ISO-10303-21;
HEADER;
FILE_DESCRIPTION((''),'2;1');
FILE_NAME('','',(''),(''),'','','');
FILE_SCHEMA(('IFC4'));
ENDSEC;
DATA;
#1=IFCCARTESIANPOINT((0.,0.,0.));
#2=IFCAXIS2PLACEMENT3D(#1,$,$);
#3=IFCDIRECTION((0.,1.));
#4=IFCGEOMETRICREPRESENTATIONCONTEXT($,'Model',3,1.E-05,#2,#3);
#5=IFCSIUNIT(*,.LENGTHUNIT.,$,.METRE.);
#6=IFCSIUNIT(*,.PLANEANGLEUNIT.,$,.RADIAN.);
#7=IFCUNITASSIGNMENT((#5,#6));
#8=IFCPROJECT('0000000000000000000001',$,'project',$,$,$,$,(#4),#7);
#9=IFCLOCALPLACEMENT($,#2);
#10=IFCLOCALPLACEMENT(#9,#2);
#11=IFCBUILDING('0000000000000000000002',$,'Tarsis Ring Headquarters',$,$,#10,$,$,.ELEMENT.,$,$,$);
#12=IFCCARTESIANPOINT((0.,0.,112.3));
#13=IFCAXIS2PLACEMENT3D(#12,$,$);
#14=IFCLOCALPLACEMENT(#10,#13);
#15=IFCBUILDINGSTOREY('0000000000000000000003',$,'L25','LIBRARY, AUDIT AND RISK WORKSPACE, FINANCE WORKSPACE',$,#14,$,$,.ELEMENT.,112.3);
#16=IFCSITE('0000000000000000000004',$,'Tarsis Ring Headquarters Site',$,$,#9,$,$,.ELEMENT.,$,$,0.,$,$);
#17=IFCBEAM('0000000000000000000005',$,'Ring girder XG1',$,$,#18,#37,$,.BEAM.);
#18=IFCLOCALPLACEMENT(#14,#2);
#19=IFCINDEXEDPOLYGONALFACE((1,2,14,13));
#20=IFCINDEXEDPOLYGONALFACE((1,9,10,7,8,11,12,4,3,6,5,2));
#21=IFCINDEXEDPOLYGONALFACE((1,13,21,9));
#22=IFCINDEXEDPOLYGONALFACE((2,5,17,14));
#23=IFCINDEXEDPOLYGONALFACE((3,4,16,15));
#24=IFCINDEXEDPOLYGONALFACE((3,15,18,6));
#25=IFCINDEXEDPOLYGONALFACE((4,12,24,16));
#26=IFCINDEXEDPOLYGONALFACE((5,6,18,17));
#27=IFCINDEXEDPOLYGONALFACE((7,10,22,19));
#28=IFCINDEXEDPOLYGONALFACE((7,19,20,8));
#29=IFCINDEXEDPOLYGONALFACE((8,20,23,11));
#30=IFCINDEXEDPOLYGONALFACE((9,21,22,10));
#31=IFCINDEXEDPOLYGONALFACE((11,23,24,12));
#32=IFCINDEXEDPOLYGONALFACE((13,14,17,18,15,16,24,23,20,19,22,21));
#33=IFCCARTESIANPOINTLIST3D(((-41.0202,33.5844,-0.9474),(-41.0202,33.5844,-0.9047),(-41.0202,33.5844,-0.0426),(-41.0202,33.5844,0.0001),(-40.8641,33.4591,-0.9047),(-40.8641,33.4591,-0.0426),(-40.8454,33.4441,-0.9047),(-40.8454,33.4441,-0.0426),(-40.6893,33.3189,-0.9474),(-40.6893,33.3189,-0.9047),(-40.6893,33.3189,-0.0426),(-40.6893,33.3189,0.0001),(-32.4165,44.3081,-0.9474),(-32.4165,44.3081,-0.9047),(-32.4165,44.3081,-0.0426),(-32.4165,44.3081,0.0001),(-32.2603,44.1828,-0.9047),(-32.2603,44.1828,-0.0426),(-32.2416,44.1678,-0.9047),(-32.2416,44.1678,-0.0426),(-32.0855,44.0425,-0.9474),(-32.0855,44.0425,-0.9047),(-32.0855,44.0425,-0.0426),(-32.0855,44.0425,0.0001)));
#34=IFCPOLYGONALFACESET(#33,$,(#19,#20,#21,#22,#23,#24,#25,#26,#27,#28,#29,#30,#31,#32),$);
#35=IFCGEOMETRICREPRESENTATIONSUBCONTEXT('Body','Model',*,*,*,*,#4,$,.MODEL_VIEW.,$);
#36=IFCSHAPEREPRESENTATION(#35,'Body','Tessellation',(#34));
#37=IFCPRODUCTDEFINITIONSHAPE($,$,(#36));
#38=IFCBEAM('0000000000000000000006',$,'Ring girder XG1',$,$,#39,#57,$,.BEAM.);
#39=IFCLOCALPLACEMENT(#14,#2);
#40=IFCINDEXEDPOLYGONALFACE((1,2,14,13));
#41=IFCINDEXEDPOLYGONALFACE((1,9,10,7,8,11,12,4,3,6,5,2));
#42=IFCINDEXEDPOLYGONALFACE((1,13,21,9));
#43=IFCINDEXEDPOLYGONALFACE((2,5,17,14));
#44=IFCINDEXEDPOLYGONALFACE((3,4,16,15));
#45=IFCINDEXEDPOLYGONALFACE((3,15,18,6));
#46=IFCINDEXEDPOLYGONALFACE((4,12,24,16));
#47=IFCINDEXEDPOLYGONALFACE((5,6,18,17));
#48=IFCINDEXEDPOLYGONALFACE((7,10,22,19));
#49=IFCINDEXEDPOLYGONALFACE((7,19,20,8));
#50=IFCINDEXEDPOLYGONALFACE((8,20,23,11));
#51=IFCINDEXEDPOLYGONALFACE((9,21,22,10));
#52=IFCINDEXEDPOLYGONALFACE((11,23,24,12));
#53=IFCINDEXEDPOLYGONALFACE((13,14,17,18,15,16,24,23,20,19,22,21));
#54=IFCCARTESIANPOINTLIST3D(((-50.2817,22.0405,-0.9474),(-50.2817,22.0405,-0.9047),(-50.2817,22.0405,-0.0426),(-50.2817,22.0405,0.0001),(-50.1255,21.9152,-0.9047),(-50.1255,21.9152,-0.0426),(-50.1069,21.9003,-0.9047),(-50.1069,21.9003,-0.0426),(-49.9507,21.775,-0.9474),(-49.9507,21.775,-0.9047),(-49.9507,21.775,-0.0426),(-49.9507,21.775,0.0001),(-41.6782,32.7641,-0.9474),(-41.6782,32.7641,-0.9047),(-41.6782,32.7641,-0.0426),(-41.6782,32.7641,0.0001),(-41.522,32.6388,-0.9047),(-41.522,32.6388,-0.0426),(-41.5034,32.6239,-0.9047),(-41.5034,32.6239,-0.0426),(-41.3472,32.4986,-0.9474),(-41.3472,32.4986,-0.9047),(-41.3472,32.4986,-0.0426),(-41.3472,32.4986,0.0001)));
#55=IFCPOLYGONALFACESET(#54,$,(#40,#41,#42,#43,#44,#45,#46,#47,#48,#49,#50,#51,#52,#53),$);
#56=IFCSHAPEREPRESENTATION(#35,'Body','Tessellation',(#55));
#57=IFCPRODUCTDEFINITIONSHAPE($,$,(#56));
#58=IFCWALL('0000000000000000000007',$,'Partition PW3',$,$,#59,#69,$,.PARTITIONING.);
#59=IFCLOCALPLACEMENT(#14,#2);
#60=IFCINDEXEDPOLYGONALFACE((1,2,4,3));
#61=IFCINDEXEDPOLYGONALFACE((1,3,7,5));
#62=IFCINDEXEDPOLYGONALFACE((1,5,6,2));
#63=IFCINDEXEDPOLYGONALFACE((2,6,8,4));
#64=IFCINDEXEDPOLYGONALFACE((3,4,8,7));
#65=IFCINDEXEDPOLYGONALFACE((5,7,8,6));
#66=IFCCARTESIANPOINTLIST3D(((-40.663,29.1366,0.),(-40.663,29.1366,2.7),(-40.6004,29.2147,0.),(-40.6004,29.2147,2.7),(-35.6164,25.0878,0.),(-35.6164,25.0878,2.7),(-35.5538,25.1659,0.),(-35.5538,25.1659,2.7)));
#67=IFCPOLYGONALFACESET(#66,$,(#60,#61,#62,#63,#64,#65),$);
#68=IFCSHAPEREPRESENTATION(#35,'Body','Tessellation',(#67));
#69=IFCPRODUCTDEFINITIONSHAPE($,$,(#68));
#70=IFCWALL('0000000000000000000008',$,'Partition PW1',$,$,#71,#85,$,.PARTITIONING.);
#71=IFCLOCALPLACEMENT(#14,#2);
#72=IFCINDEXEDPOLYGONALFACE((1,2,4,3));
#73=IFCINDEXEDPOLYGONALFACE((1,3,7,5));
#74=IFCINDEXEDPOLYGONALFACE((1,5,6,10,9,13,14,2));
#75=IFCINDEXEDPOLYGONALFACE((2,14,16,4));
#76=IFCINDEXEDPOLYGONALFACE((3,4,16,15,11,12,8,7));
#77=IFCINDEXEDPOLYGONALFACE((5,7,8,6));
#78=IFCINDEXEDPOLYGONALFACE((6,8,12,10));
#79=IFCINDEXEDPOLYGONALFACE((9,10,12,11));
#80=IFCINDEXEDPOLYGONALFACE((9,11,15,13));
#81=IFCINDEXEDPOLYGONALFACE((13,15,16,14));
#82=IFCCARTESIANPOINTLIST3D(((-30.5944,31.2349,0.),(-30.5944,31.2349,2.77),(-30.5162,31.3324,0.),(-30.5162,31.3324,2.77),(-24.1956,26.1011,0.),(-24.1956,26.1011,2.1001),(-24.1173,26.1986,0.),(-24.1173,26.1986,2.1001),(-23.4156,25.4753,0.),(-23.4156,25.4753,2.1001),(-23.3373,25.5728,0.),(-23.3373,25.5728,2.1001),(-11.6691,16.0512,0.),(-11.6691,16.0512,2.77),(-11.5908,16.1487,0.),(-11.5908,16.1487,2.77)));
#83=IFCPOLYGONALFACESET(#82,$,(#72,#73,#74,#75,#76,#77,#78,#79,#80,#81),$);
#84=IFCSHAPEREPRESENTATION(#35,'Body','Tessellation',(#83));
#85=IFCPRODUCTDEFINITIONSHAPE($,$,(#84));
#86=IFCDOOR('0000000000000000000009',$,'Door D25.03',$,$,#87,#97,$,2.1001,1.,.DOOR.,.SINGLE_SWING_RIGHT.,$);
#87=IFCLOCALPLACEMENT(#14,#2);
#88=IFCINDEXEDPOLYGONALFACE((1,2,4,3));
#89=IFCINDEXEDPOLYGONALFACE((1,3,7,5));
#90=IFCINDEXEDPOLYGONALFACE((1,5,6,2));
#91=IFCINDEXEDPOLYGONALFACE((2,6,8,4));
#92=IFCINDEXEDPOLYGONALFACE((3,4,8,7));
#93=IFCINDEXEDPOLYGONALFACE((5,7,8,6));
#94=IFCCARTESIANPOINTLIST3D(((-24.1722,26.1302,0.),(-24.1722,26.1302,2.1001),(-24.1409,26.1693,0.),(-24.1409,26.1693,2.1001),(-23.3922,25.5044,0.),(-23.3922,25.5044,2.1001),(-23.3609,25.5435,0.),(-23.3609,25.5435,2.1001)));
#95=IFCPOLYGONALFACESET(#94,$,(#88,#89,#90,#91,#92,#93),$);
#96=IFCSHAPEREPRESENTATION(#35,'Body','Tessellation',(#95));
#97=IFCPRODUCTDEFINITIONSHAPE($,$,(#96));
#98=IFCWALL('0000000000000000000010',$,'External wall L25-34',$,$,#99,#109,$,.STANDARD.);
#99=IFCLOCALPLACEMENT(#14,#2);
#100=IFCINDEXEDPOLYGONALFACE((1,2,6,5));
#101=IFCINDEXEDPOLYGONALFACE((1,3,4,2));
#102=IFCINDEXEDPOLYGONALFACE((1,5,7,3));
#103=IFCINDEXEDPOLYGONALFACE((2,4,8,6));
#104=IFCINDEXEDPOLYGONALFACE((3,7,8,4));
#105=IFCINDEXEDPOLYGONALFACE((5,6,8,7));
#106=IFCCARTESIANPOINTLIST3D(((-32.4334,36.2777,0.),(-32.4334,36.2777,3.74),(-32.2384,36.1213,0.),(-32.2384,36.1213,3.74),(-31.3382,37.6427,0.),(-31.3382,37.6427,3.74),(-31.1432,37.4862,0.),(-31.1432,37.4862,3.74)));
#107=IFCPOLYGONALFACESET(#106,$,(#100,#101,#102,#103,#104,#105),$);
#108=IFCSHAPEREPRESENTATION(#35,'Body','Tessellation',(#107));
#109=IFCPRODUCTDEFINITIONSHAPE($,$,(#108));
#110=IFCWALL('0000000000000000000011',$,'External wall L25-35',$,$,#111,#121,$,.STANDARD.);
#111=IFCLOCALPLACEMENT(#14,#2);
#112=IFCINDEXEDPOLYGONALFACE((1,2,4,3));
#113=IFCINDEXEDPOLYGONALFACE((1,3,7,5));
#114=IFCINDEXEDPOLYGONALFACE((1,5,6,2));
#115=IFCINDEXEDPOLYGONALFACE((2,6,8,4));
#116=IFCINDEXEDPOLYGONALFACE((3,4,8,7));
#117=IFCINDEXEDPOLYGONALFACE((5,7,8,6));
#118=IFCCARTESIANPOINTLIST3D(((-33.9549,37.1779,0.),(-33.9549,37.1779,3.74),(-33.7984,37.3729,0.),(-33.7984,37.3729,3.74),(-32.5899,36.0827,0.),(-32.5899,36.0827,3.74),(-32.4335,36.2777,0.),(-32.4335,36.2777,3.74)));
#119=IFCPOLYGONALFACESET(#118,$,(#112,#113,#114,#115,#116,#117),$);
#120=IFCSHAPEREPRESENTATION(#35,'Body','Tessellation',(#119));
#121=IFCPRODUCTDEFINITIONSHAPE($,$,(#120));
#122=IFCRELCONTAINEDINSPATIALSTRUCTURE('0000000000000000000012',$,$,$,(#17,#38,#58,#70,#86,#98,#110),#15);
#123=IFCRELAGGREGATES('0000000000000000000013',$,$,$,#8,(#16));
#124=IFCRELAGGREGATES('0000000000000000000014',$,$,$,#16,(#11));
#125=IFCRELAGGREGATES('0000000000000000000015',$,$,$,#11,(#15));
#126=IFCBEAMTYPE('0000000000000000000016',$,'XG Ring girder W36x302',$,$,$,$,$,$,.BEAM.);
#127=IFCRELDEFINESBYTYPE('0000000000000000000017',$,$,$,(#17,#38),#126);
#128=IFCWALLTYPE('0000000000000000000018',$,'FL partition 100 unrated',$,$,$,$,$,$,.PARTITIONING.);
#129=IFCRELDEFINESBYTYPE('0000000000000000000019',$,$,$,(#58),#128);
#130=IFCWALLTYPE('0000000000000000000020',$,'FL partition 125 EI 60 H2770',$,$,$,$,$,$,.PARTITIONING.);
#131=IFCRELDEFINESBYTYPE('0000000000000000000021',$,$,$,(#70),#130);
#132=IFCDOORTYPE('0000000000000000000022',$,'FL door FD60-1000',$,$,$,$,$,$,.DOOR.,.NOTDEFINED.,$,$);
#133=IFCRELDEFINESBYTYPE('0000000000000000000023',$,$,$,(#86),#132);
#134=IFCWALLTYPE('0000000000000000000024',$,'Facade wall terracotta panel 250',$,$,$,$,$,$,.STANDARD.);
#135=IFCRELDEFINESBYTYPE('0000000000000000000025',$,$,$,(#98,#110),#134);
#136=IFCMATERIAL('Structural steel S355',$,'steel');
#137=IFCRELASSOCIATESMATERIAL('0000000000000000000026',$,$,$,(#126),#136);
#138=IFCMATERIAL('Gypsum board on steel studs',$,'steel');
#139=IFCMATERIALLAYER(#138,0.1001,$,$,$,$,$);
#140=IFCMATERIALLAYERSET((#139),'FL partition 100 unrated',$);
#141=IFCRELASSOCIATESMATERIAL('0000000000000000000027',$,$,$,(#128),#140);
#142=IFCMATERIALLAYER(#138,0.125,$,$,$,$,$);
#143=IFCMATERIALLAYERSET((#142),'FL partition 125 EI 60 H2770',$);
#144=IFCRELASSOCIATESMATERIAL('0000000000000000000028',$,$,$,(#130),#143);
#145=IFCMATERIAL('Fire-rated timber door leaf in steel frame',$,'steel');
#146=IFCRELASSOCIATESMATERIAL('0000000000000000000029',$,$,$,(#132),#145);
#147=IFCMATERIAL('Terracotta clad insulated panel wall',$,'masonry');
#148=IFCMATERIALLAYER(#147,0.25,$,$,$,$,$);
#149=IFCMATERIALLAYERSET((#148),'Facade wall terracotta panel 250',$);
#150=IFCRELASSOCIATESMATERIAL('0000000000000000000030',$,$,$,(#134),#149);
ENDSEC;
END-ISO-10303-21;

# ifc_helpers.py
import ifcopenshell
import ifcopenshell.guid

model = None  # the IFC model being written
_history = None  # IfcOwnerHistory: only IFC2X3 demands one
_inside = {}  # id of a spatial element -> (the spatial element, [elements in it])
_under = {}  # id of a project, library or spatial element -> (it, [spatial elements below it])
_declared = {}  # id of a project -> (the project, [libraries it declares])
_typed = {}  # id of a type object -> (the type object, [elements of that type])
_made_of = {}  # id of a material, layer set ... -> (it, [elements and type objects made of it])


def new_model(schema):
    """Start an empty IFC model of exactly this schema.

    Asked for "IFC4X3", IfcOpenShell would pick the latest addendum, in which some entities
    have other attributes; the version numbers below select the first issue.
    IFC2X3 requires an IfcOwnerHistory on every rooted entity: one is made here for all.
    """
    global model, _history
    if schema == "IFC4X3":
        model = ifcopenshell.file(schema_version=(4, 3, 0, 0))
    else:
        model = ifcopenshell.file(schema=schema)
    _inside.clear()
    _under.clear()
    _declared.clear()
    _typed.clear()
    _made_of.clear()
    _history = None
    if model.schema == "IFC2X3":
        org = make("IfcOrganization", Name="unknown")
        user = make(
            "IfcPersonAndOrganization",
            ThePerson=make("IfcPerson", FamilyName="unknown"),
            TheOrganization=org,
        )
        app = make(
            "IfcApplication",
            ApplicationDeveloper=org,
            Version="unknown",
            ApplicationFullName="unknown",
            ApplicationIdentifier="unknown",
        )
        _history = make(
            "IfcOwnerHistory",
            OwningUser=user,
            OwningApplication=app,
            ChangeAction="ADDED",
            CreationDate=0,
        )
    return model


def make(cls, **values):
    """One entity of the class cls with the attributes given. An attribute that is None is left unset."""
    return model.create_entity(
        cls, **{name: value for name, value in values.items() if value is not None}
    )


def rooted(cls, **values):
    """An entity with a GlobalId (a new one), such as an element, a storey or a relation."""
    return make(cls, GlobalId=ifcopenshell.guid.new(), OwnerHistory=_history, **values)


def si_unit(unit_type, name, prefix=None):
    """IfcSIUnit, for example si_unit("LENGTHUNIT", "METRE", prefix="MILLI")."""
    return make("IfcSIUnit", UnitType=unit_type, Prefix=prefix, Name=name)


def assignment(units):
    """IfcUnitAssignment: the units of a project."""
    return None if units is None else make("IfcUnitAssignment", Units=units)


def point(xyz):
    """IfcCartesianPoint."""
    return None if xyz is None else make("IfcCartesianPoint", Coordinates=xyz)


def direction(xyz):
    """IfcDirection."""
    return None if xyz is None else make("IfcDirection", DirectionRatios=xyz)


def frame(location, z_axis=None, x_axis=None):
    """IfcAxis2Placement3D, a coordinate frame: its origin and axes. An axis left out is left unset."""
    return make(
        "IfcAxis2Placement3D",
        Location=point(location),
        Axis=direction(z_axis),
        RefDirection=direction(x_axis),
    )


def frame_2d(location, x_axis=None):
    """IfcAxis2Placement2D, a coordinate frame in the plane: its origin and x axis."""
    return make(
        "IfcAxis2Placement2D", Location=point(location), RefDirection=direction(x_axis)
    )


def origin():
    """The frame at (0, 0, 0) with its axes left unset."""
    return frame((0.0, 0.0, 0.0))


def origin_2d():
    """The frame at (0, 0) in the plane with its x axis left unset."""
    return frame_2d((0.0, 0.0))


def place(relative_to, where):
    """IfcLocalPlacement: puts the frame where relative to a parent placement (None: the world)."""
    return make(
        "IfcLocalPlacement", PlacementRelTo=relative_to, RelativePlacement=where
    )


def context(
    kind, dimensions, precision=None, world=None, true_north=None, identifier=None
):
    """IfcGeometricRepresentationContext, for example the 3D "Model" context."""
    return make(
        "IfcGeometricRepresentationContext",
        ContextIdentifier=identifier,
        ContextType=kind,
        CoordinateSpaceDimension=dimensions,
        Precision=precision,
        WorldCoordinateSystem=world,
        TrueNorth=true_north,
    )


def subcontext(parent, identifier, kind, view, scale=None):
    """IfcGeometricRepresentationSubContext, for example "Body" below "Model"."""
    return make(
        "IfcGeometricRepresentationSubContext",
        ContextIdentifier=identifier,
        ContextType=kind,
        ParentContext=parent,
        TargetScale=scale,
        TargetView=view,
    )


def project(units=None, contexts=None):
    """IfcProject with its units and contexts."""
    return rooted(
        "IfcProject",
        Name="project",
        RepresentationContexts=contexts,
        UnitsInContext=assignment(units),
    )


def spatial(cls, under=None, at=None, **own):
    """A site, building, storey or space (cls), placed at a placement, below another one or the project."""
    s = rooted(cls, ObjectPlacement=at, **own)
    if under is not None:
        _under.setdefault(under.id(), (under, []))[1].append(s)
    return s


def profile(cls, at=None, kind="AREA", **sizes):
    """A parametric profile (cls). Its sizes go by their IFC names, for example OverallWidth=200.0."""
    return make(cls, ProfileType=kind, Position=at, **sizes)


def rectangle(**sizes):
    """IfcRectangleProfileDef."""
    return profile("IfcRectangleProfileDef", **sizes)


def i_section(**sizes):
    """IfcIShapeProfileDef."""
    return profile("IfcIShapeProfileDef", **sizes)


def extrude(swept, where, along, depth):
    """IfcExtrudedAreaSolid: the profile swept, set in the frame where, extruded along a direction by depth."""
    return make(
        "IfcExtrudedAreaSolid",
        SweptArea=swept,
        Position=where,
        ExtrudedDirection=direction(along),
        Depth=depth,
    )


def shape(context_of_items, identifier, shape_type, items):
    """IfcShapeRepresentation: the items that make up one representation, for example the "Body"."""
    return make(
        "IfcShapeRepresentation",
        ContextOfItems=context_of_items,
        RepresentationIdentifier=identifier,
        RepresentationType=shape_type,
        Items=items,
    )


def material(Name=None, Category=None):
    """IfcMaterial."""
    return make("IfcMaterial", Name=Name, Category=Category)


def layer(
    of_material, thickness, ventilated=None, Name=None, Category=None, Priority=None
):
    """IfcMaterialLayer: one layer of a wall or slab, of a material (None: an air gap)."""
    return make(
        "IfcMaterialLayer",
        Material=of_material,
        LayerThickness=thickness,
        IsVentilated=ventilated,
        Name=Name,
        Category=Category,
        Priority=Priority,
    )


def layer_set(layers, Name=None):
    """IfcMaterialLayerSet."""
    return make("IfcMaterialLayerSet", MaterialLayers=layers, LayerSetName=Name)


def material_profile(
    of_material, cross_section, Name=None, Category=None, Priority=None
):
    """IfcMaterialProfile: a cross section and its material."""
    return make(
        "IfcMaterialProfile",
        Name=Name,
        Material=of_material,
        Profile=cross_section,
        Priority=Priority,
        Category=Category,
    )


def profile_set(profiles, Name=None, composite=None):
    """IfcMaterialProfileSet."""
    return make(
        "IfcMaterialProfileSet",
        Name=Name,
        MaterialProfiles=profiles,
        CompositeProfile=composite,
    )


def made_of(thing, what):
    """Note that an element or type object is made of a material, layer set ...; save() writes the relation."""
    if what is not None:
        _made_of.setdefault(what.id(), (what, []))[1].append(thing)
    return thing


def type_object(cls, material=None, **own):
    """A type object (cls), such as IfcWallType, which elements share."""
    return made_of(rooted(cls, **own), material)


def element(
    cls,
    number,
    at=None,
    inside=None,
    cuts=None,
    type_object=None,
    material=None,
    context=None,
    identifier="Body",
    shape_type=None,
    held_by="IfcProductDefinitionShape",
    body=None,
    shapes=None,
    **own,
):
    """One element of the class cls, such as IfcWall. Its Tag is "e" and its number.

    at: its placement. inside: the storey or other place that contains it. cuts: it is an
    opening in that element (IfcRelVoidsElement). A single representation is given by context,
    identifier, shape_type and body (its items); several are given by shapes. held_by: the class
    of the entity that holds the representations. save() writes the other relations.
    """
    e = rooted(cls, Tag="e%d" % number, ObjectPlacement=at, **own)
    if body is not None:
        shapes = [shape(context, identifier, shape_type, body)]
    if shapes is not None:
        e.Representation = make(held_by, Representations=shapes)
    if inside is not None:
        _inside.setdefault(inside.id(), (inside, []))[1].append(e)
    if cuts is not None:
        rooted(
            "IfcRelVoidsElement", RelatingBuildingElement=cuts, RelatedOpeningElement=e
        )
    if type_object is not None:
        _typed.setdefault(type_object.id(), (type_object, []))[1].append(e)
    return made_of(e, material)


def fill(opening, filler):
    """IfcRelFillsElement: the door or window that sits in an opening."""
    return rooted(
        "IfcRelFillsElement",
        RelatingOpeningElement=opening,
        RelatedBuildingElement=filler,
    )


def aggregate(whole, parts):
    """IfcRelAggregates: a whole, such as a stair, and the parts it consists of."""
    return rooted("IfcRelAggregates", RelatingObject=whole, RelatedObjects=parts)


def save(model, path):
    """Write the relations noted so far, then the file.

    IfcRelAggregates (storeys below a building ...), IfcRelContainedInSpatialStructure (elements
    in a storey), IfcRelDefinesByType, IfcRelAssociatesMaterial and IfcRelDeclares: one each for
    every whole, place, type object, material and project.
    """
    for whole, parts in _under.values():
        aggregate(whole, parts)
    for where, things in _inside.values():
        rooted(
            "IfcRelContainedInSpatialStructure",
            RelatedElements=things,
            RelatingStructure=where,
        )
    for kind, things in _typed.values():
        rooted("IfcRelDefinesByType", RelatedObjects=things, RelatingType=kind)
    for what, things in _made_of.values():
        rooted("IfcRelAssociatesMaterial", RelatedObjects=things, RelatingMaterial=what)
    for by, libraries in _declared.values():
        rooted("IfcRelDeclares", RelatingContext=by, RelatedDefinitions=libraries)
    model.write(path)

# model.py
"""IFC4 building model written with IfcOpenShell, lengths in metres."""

from ifc_helpers import new_model, si_unit, direction, frame, frame_2d, origin, origin_2d, place, context, subcontext, project, spatial, rectangle, i_section, extrude, material, layer, layer_set, material_profile, profile_set, type_object, element, fill, save


model = new_model("IFC4")

# Units and contexts
model_context = context("Model", 3, precision=1e-05, world=origin(), true_north=direction((0.0, 1.0)))
body_context = subcontext(model_context, "Body", "Model", "MODEL_VIEW")
ifc_project = project(units=[si_unit("LENGTHUNIT", "METRE"), si_unit("PLANEANGLEUNIT", "RADIAN")], contexts=[model_context])

# Site, building, storey
site_placement = place(None, origin())
site = spatial("IfcSite", under=ifc_project, at=site_placement, Name="Tarsis Ring Headquarters Site", CompositionType="ELEMENT", RefElevation=0.0)
building_placement = place(site_placement, origin())
building = spatial("IfcBuilding", under=site, at=building_placement, Name="Tarsis Ring Headquarters", CompositionType="ELEMENT")
storey_placement = place(building_placement, frame((0.0, 0.0, 112.3)))
storey = spatial("IfcBuildingStorey", under=building, at=storey_placement, Name="L25", Description="LIBRARY, AUDIT AND RISK WORKSPACE, FINANCE WORKSPACE", CompositionType="ELEMENT", Elevation=112.3)

# Shared definitions
ifc_material_1 = material(Name="Structural steel S355", Category="steel")

# Beams
ifc_material_profile_1 = material_profile(ifc_material_1, i_section(OverallWidth=0.4243, OverallDepth=0.9475, WebThickness=0.0239, FlangeThickness=0.0427, at=origin_2d()), Name="W36x302")
ifc_profile_set_1 = profile_set([ifc_material_profile_1], Name="Structural steel S355")
beam_type = type_object("IfcBeamType", Name="XG Ring girder W36x302", PredefinedType="BEAM", material=ifc_profile_set_1)
beam_1_placement = place(storey_placement, frame((-32.251, 44.1753, -0.4736), z_axis=(-0.625797, -0.779986, 0.0), x_axis=(0.779986, -0.625797, 0.0)))
element("IfcBeam", 1, at=beam_1_placement, inside=storey, type_object=beam_type, Name="Ring girder XG1", PredefinedType="BEAM", context=body_context, shape_type="SweptSolid", body=[
    extrude(i_section(OverallWidth=0.4243, OverallDepth=0.9475, WebThickness=0.0239, FlangeThickness=0.0427, at=origin_2d()), origin(), (0.0, 0.0, 1.0), 13.7485),
])
beam_2_placement = place(storey_placement, frame((-41.5127, 32.6313, -0.4736), z_axis=(-0.625786, -0.779995, 0.0), x_axis=(0.779995, -0.625786, 0.0)))
element("IfcBeam", 2, at=beam_2_placement, inside=storey, type_object=beam_type, Name="Ring girder XG1", PredefinedType="BEAM", context=body_context, shape_type="SweptSolid", body=[
    extrude(i_section(OverallWidth=0.4243, OverallDepth=0.9475, WebThickness=0.0239, FlangeThickness=0.0427, at=origin_2d()), origin(), (0.0, 0.0, 1.0), 13.7483),
])

# Wall
ifc_material_2 = material(Name="Gypsum board on steel studs", Category="steel")
ifc_layer_1 = layer(ifc_material_2, 0.1001)
ifc_layer_set_1 = layer_set([ifc_layer_1], Name="FL partition 100 unrated")
wall_type_1 = type_object("IfcWallType", Name="FL partition 100 unrated", PredefinedType="PARTITIONING", material=ifc_layer_set_1)
wall_1_placement = place(storey_placement, frame((-40.6316, 29.1755, 0.0), z_axis=(0.0, 0.0, 1.0), x_axis=(0.779999, -0.62578, 0.0)))
element("IfcWall", 3, at=wall_1_placement, inside=storey, type_object=wall_type_1, Name="Partition PW3", PredefinedType="PARTITIONING", context=body_context, shape_type="SweptSolid", body=[
    extrude(rectangle(XDim=6.47, YDim=0.1001, at=frame_2d((3.2349, 0.0))), origin(), (0.0, 0.0, 1.0), 2.7),
])

# Wall, opening, door
ifc_layer_2 = layer(ifc_material_2, 0.125)
ifc_layer_set_2 = layer_set([ifc_layer_2], Name="FL partition 125 EI 60 H2770")
wall_type_2 = type_object("IfcWallType", Name="FL partition 125 EI 60 H2770", PredefinedType="PARTITIONING", material=ifc_layer_set_2)
wall_2_placement = place(storey_placement, frame((-30.5554, 31.2837, 0.0), z_axis=(0.0, 0.0, 1.0), x_axis=(0.779996, -0.625784, 0.0)))
wall_2 = element("IfcWall", 4, at=wall_2_placement, inside=storey, type_object=wall_type_2, Name="Partition PW1", PredefinedType="PARTITIONING", context=body_context, shape_type="SweptSolid", body=[
    extrude(rectangle(XDim=24.2634, YDim=0.125, at=frame_2d((12.1318, 0.0))), origin(), (0.0, 0.0, 1.0), 2.77),
])
opening_1_placement = place(wall_2_placement, frame((8.2039, 0.0, 0.0)))
opening_1 = element("IfcOpeningElement", 5, at=opening_1_placement, cuts=wall_2, PredefinedType="OPENING", context=body_context, shape_type="SweptSolid", body=[
    extrude(rectangle(XDim=1.0, YDim=2.1001, at=frame_2d((0.5, 1.05))), frame((0.0, 0.0725, 0.0), z_axis=(0.0, -1.0, 0.0), x_axis=(1.0, 0.0, 0.0)), (0.0, 0.0, 1.0), 0.145),
])
ifc_material_3 = material(Name="Fire-rated timber door leaf in steel frame", Category="steel")
door_type = type_object("IfcDoorType", Name="FL door FD60-1000", OperationType="NOTDEFINED", PredefinedType="DOOR", material=ifc_material_3)
door_placement = place(opening_1_placement, origin())
door = element("IfcDoor", 6, at=door_placement, inside=storey, type_object=door_type, Name="Door D25.03", OperationType="SINGLE_SWING_RIGHT", OverallHeight=2.1001, OverallWidth=1.0, PredefinedType="DOOR", context=body_context, shape_type="SweptSolid", body=[
    extrude(rectangle(XDim=1.0, YDim=2.1001, at=frame_2d((0.5, 1.05))), frame((0.0, 0.0249, 0.0), z_axis=(0.0, -1.0, 0.0), x_axis=(1.0, 0.0, 0.0)), (0.0, 0.0, 1.0), 0.05),
])
fill(opening_1, door)

# Walls
ifc_material_4 = material(Name="Terracotta clad insulated panel wall", Category="masonry")
ifc_layer_3 = layer(ifc_material_4, 0.25)
ifc_layer_set_3 = layer_set([ifc_layer_3], Name="Facade wall terracotta panel 250")
wall_type_3 = type_object("IfcWallType", Name="Facade wall terracotta panel 250", PredefinedType="STANDARD", material=ifc_layer_set_3)
for number, where, z_axis, x_axis, name in (
    (7, (-31.2407, 37.5645, 0.0), (0.0, 0.0, 1.0), (-0.625817, -0.77997, 0.0), "External wall L25-34"),
    (8, (-32.5117, 36.1802, 0.0), (0.0, 0.0, 1.0), (-0.77997, 0.625817, 0.0), "External wall L25-35"),
):
    element("IfcWall", number, at=place(storey_placement, frame(where, z_axis=z_axis, x_axis=x_axis)), inside=storey, type_object=wall_type_3, Name=name, PredefinedType="STANDARD", context=body_context, shape_type="SweptSolid", body=[
        extrude(rectangle(XDim=1.75, YDim=0.25, at=frame_2d((0.875, 0.0))), origin(), (0.0, 0.0, 1.0), 3.74),
    ])

save(model, "model.ifc")
